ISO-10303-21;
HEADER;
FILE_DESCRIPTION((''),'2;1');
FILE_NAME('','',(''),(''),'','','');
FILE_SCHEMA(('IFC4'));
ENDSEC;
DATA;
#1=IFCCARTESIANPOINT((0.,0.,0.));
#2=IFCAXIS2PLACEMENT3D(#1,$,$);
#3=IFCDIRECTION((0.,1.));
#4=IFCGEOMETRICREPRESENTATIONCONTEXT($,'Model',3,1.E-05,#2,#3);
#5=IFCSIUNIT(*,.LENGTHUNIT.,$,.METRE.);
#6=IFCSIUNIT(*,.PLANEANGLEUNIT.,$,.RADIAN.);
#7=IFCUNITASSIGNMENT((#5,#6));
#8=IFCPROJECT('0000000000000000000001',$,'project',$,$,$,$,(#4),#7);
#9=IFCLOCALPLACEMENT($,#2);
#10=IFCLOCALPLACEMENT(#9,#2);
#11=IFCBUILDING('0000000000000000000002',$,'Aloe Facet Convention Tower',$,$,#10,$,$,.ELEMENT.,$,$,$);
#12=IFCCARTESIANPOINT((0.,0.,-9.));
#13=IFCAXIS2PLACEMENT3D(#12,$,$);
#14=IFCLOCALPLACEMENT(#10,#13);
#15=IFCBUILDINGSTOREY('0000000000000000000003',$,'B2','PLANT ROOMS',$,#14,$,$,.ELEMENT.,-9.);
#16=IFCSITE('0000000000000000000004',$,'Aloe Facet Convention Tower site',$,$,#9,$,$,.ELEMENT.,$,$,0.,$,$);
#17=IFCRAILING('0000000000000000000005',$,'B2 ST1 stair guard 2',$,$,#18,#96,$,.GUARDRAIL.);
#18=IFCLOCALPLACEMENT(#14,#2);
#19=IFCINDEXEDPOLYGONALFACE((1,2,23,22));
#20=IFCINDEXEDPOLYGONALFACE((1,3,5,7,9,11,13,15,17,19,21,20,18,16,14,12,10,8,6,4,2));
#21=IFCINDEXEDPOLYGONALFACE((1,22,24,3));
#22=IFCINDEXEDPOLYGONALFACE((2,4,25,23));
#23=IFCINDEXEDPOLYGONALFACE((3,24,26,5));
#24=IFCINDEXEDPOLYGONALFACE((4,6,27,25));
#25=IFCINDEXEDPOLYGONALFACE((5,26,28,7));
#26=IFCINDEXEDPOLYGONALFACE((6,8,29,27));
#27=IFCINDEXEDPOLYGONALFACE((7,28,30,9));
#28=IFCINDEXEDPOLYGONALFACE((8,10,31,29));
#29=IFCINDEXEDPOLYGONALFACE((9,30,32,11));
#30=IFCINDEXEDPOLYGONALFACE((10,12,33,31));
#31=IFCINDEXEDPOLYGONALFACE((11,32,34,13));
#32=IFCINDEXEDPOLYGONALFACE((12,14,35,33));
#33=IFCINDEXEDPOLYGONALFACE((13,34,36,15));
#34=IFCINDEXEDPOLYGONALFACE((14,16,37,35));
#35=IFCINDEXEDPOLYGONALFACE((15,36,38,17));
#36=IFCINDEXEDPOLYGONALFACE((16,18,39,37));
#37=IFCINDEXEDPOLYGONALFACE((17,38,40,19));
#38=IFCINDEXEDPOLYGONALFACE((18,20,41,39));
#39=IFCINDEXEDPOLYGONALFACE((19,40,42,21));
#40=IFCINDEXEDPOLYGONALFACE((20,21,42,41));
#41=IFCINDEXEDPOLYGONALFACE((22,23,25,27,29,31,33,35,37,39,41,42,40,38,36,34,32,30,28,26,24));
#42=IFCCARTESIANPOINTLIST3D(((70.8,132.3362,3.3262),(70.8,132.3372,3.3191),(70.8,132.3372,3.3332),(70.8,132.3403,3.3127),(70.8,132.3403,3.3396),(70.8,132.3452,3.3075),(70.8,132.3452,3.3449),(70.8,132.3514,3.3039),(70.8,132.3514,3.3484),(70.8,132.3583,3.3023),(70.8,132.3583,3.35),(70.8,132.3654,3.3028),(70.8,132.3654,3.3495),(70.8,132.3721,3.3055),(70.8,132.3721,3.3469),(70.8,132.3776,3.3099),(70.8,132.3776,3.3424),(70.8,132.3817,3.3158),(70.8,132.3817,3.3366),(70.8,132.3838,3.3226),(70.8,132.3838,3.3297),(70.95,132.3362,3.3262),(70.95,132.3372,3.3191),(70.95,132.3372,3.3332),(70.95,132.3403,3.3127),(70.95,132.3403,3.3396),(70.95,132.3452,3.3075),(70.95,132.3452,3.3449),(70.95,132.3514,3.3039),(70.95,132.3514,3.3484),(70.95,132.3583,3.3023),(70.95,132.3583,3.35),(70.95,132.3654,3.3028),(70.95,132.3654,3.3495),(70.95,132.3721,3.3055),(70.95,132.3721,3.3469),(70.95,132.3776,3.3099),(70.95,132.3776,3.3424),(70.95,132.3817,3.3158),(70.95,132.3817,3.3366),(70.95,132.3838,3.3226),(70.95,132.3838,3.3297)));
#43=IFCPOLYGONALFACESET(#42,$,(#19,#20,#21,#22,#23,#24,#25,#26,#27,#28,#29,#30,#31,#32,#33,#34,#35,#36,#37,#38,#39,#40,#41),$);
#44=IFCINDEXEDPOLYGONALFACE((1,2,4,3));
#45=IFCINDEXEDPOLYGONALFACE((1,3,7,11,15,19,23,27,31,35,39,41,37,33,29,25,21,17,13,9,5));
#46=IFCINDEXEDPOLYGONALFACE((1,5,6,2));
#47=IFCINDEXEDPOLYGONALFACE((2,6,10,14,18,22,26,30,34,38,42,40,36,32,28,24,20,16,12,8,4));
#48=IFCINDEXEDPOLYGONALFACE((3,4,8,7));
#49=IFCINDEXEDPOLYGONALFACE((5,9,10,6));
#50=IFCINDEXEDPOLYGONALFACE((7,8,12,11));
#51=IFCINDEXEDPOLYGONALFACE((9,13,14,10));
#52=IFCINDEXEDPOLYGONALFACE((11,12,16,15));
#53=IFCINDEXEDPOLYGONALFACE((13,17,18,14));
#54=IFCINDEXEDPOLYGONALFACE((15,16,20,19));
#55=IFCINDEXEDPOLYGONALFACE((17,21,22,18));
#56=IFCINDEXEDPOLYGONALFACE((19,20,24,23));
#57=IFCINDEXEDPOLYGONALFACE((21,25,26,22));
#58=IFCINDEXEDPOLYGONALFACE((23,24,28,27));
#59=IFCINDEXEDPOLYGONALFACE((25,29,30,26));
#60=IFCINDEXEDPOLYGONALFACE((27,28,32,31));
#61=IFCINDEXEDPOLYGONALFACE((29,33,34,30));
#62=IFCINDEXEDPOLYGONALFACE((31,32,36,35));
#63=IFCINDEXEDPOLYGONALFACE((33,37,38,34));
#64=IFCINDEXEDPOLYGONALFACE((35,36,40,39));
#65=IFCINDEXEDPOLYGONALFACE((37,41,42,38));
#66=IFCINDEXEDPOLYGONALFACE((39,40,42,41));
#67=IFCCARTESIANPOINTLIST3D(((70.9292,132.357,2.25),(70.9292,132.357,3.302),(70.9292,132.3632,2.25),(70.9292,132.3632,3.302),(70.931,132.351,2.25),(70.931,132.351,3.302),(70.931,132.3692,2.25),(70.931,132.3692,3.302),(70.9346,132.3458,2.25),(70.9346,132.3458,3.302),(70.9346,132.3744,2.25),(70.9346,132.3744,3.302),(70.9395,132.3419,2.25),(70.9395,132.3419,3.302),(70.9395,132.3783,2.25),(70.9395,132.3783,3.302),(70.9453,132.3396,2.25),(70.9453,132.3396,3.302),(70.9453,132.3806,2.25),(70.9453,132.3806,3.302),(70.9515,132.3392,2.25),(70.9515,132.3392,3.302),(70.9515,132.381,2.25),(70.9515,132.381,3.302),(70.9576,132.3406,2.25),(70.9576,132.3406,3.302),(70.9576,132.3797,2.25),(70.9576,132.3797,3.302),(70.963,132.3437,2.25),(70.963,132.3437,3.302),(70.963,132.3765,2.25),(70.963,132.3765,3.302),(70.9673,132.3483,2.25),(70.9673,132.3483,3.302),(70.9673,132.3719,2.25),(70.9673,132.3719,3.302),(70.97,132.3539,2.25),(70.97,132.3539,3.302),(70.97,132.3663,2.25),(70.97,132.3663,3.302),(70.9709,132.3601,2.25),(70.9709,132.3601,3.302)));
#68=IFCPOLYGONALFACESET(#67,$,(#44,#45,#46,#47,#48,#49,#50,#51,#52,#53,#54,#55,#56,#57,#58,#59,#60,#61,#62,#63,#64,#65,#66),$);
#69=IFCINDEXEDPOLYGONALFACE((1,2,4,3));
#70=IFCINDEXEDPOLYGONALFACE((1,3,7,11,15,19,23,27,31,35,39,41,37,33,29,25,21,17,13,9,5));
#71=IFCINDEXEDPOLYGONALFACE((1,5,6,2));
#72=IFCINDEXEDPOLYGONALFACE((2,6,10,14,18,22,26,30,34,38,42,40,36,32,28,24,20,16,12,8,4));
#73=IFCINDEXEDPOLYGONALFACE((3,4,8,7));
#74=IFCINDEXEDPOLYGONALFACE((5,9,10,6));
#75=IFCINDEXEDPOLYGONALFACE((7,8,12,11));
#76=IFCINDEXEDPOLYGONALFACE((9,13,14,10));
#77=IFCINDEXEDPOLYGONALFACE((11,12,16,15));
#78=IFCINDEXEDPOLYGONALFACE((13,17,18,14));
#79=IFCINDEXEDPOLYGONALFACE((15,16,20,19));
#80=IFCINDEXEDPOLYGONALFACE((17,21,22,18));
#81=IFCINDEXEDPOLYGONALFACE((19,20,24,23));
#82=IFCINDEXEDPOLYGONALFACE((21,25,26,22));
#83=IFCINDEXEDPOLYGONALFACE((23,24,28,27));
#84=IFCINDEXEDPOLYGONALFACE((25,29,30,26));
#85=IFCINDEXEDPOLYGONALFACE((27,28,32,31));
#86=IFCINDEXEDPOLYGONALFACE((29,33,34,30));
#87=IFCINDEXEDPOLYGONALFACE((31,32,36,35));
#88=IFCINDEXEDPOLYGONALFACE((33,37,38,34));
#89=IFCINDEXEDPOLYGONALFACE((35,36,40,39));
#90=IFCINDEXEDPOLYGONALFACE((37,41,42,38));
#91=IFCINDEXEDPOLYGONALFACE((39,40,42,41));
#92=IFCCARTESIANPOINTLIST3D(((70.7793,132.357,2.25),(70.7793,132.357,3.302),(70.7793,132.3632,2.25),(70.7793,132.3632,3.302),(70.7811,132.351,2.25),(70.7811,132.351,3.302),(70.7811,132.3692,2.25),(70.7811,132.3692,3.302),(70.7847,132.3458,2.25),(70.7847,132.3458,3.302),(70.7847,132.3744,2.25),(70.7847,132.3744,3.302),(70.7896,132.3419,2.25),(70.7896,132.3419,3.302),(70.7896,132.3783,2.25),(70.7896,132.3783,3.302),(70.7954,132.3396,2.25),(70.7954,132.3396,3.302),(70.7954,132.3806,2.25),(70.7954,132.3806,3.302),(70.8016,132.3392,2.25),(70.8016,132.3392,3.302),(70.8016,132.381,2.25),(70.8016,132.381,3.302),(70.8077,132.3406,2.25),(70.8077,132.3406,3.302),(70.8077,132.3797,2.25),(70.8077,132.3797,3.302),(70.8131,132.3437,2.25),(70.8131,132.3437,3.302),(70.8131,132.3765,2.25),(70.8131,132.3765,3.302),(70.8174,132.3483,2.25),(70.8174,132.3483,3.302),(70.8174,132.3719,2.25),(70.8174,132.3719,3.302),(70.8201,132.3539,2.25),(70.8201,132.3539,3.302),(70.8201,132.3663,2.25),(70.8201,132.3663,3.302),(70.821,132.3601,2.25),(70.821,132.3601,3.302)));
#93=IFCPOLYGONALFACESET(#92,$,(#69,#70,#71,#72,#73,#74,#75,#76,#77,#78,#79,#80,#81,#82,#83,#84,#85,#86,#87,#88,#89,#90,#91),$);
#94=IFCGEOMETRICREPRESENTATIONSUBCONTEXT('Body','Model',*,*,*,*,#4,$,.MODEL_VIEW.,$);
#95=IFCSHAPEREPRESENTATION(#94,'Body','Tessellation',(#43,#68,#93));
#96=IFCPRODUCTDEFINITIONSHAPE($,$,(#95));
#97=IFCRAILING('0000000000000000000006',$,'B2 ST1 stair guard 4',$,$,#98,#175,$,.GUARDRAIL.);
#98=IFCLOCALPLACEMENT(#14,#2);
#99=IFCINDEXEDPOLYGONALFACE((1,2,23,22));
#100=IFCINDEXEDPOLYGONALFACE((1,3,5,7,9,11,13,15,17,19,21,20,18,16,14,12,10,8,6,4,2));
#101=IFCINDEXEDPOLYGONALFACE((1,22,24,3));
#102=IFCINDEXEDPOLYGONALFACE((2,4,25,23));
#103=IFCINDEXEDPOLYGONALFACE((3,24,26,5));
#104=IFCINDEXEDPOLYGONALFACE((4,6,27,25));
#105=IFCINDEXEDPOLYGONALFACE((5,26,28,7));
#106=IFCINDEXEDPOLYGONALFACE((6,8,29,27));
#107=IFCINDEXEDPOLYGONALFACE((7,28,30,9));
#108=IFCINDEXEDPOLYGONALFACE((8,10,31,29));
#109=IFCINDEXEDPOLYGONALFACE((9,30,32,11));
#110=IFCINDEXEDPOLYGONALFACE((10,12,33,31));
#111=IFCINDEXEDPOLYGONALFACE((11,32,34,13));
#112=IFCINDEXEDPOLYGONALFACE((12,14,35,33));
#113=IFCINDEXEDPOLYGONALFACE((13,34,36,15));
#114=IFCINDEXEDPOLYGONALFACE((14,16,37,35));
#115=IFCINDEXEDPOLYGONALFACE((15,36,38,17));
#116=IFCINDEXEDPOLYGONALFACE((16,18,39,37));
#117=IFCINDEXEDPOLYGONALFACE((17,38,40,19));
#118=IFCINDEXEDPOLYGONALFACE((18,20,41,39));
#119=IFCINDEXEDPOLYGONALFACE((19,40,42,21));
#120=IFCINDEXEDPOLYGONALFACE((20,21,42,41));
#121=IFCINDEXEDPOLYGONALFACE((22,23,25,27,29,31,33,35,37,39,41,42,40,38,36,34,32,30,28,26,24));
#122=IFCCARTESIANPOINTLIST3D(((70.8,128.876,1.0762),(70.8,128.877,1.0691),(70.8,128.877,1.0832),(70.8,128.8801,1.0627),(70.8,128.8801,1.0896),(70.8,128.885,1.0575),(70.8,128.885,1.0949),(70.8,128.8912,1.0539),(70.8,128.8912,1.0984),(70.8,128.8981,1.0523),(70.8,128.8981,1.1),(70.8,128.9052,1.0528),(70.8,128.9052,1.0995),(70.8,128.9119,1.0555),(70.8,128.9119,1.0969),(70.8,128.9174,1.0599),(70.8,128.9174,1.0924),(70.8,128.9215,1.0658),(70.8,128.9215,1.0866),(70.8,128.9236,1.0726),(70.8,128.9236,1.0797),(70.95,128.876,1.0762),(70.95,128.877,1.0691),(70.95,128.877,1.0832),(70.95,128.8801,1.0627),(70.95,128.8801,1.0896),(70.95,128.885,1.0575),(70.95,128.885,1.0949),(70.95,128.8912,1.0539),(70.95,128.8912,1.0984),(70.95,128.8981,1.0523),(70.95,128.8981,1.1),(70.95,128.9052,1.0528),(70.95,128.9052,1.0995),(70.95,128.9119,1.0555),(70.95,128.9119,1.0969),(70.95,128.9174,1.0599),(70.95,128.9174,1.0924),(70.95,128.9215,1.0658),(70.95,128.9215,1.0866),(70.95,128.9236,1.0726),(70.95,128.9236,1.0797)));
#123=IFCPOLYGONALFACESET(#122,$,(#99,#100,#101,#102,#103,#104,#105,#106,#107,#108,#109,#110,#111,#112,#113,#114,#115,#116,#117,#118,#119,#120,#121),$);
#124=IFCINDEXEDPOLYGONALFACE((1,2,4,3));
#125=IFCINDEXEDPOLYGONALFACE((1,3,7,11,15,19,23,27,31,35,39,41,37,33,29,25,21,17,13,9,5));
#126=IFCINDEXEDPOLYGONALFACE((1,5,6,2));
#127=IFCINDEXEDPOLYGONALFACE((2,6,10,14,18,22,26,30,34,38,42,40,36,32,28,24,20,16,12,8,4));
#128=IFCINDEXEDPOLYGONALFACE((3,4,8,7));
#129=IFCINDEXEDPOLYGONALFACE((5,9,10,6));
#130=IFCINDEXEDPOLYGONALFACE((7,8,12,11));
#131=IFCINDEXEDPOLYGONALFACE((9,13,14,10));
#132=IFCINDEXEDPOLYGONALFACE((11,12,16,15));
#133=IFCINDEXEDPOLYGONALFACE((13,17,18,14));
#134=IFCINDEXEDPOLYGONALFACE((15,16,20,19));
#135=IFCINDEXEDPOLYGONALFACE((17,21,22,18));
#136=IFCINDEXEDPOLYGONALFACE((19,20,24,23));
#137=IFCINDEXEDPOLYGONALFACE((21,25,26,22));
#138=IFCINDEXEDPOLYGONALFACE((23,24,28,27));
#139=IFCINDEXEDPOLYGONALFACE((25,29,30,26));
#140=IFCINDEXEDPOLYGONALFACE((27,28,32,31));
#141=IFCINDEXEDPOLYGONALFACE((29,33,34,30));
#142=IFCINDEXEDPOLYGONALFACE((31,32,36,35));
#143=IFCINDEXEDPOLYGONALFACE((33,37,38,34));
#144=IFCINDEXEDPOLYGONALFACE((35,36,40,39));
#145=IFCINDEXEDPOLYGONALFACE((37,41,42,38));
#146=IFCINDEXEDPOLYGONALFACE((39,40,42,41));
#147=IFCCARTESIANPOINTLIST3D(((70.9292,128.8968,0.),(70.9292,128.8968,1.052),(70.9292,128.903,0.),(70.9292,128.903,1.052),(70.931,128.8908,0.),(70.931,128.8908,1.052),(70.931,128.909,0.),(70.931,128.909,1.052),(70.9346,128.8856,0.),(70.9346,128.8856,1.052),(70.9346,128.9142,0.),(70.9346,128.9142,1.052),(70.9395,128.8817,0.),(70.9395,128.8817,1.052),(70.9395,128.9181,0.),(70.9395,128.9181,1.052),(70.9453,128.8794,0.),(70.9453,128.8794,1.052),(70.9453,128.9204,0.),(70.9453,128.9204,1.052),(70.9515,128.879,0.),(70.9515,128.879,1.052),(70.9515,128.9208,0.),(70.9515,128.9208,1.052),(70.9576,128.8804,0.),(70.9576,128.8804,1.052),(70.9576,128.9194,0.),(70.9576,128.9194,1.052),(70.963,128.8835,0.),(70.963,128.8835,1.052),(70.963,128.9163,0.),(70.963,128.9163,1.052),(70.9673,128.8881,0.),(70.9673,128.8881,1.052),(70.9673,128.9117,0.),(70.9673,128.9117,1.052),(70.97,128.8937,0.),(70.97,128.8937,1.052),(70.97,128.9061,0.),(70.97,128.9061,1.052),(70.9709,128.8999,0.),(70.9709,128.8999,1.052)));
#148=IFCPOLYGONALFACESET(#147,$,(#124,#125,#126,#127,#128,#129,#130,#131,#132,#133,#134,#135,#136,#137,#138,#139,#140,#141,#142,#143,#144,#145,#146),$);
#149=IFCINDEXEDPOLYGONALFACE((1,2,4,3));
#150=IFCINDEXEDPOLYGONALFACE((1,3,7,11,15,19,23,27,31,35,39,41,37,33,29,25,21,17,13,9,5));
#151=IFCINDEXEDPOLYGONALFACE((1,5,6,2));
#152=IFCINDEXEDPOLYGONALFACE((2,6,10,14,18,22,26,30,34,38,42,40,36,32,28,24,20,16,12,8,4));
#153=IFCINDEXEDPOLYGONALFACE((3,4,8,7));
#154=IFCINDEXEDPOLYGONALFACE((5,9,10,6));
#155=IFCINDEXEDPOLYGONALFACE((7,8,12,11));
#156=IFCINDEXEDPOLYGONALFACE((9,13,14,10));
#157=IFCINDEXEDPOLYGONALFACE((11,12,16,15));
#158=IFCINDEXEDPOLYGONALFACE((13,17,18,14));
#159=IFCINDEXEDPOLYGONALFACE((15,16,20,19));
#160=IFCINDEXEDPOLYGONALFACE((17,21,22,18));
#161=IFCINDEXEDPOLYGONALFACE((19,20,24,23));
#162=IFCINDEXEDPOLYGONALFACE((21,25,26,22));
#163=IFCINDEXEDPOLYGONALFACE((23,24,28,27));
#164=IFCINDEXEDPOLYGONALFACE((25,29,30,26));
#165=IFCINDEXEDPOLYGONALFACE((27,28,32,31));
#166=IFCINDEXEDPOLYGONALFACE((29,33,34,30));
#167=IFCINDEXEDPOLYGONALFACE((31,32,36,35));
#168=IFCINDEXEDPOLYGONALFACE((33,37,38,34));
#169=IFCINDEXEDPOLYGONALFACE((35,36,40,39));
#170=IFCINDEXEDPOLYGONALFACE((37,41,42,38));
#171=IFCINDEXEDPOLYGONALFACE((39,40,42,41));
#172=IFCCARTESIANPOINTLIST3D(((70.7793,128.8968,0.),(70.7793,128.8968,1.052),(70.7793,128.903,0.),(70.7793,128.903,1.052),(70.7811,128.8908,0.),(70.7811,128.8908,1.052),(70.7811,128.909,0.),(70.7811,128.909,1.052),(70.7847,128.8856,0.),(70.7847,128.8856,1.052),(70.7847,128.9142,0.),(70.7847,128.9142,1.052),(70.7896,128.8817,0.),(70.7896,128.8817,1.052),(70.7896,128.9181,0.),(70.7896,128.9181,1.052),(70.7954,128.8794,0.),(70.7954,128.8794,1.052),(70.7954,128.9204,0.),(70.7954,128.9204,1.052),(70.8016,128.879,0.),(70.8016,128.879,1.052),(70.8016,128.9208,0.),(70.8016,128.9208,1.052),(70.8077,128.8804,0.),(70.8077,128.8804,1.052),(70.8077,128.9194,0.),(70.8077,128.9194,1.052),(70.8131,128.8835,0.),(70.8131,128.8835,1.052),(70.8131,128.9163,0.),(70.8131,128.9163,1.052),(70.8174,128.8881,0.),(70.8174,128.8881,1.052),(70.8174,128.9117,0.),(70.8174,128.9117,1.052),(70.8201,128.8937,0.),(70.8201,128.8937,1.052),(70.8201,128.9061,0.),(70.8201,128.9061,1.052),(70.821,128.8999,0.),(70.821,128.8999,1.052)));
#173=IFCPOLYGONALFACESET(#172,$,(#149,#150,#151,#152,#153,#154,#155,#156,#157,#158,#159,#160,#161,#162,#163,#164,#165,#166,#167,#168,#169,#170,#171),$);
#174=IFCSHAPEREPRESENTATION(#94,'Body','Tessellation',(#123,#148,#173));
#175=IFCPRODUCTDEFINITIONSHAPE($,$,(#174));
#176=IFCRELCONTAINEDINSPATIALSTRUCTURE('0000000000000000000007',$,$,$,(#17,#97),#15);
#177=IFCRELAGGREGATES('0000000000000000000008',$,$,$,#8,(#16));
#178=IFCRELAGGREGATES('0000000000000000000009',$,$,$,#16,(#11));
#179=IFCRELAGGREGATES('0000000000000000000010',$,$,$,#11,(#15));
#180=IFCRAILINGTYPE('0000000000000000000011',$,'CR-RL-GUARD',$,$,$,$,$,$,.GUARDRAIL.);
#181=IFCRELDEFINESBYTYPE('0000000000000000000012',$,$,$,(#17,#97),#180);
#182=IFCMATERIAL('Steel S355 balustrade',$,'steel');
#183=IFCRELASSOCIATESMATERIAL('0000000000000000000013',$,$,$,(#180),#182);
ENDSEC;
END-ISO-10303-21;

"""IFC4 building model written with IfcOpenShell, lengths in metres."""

from ifc_helpers import new_model, si_unit, direction, frame, origin, origin_2d, place, context, subcontext, project, spatial, circle, extrude, material, type_object, element, save


model = new_model("IFC4")

# Units and contexts
model_context = context("Model", 3, precision=1e-05, world=origin(), true_north=direction((0.0, 1.0)))
body_context = subcontext(model_context, "Body", "Model", "MODEL_VIEW")
ifc_project = project(units=[si_unit("LENGTHUNIT", "METRE"), si_unit("PLANEANGLEUNIT", "RADIAN")], contexts=[model_context])

# Site, building, storey
site_placement = place(None, origin())
site = spatial("IfcSite", under=ifc_project, at=site_placement, Name="Aloe Facet Convention Tower site", CompositionType="ELEMENT", RefElevation=0.0)
building_placement = place(site_placement, origin())
building = spatial("IfcBuilding", under=site, at=building_placement, Name="Aloe Facet Convention Tower", CompositionType="ELEMENT")
storey_placement = place(building_placement, frame((0.0, 0.0, -9.0)))
storey = spatial("IfcBuildingStorey", under=building, at=storey_placement, Name="B2", Description="PLANT ROOMS", CompositionType="ELEMENT", Elevation=-9.0)

# Railings
ifc_material_1 = material(Name="Steel S355 balustrade", Category="steel")
railing_type_1 = type_object("IfcRailingType", Name="CR-RL-GUARD", PredefinedType="GUARDRAIL", material=ifc_material_1)
for number, where, name in (
    (1, (70.95, 132.3601, 2.25), "B2 ST1 stair guard 2"),
    (2, (70.95, 128.8999, 0.0), "B2 ST1 stair guard 4"),
):
    element("IfcRailing", number, at=place(storey_placement, frame(where)), inside=storey, type_object=railing_type_1, Name=name, PredefinedType="GUARDRAIL", context=body_context, shape_type="SweptSolid", body=[
        extrude(circle(Radius=0.0239, at=origin_2d()), frame((0.0, 0.0, 1.0762), z_axis=(-1.0, 0.0, 0.0), x_axis=(0.0, -1.0, 0.0)), (0.0, 0.0, 1.0), 0.1499),
        extrude(circle(Radius=0.021, at=origin_2d()), origin(), (0.0, 0.0, 1.0), 1.052),
        extrude(circle(Radius=0.021, at=origin_2d()), frame((-0.1499, 0.0, 0.0)), (0.0, 0.0, 1.0), 1.052),
    ])

save(model, "model.ifc")
